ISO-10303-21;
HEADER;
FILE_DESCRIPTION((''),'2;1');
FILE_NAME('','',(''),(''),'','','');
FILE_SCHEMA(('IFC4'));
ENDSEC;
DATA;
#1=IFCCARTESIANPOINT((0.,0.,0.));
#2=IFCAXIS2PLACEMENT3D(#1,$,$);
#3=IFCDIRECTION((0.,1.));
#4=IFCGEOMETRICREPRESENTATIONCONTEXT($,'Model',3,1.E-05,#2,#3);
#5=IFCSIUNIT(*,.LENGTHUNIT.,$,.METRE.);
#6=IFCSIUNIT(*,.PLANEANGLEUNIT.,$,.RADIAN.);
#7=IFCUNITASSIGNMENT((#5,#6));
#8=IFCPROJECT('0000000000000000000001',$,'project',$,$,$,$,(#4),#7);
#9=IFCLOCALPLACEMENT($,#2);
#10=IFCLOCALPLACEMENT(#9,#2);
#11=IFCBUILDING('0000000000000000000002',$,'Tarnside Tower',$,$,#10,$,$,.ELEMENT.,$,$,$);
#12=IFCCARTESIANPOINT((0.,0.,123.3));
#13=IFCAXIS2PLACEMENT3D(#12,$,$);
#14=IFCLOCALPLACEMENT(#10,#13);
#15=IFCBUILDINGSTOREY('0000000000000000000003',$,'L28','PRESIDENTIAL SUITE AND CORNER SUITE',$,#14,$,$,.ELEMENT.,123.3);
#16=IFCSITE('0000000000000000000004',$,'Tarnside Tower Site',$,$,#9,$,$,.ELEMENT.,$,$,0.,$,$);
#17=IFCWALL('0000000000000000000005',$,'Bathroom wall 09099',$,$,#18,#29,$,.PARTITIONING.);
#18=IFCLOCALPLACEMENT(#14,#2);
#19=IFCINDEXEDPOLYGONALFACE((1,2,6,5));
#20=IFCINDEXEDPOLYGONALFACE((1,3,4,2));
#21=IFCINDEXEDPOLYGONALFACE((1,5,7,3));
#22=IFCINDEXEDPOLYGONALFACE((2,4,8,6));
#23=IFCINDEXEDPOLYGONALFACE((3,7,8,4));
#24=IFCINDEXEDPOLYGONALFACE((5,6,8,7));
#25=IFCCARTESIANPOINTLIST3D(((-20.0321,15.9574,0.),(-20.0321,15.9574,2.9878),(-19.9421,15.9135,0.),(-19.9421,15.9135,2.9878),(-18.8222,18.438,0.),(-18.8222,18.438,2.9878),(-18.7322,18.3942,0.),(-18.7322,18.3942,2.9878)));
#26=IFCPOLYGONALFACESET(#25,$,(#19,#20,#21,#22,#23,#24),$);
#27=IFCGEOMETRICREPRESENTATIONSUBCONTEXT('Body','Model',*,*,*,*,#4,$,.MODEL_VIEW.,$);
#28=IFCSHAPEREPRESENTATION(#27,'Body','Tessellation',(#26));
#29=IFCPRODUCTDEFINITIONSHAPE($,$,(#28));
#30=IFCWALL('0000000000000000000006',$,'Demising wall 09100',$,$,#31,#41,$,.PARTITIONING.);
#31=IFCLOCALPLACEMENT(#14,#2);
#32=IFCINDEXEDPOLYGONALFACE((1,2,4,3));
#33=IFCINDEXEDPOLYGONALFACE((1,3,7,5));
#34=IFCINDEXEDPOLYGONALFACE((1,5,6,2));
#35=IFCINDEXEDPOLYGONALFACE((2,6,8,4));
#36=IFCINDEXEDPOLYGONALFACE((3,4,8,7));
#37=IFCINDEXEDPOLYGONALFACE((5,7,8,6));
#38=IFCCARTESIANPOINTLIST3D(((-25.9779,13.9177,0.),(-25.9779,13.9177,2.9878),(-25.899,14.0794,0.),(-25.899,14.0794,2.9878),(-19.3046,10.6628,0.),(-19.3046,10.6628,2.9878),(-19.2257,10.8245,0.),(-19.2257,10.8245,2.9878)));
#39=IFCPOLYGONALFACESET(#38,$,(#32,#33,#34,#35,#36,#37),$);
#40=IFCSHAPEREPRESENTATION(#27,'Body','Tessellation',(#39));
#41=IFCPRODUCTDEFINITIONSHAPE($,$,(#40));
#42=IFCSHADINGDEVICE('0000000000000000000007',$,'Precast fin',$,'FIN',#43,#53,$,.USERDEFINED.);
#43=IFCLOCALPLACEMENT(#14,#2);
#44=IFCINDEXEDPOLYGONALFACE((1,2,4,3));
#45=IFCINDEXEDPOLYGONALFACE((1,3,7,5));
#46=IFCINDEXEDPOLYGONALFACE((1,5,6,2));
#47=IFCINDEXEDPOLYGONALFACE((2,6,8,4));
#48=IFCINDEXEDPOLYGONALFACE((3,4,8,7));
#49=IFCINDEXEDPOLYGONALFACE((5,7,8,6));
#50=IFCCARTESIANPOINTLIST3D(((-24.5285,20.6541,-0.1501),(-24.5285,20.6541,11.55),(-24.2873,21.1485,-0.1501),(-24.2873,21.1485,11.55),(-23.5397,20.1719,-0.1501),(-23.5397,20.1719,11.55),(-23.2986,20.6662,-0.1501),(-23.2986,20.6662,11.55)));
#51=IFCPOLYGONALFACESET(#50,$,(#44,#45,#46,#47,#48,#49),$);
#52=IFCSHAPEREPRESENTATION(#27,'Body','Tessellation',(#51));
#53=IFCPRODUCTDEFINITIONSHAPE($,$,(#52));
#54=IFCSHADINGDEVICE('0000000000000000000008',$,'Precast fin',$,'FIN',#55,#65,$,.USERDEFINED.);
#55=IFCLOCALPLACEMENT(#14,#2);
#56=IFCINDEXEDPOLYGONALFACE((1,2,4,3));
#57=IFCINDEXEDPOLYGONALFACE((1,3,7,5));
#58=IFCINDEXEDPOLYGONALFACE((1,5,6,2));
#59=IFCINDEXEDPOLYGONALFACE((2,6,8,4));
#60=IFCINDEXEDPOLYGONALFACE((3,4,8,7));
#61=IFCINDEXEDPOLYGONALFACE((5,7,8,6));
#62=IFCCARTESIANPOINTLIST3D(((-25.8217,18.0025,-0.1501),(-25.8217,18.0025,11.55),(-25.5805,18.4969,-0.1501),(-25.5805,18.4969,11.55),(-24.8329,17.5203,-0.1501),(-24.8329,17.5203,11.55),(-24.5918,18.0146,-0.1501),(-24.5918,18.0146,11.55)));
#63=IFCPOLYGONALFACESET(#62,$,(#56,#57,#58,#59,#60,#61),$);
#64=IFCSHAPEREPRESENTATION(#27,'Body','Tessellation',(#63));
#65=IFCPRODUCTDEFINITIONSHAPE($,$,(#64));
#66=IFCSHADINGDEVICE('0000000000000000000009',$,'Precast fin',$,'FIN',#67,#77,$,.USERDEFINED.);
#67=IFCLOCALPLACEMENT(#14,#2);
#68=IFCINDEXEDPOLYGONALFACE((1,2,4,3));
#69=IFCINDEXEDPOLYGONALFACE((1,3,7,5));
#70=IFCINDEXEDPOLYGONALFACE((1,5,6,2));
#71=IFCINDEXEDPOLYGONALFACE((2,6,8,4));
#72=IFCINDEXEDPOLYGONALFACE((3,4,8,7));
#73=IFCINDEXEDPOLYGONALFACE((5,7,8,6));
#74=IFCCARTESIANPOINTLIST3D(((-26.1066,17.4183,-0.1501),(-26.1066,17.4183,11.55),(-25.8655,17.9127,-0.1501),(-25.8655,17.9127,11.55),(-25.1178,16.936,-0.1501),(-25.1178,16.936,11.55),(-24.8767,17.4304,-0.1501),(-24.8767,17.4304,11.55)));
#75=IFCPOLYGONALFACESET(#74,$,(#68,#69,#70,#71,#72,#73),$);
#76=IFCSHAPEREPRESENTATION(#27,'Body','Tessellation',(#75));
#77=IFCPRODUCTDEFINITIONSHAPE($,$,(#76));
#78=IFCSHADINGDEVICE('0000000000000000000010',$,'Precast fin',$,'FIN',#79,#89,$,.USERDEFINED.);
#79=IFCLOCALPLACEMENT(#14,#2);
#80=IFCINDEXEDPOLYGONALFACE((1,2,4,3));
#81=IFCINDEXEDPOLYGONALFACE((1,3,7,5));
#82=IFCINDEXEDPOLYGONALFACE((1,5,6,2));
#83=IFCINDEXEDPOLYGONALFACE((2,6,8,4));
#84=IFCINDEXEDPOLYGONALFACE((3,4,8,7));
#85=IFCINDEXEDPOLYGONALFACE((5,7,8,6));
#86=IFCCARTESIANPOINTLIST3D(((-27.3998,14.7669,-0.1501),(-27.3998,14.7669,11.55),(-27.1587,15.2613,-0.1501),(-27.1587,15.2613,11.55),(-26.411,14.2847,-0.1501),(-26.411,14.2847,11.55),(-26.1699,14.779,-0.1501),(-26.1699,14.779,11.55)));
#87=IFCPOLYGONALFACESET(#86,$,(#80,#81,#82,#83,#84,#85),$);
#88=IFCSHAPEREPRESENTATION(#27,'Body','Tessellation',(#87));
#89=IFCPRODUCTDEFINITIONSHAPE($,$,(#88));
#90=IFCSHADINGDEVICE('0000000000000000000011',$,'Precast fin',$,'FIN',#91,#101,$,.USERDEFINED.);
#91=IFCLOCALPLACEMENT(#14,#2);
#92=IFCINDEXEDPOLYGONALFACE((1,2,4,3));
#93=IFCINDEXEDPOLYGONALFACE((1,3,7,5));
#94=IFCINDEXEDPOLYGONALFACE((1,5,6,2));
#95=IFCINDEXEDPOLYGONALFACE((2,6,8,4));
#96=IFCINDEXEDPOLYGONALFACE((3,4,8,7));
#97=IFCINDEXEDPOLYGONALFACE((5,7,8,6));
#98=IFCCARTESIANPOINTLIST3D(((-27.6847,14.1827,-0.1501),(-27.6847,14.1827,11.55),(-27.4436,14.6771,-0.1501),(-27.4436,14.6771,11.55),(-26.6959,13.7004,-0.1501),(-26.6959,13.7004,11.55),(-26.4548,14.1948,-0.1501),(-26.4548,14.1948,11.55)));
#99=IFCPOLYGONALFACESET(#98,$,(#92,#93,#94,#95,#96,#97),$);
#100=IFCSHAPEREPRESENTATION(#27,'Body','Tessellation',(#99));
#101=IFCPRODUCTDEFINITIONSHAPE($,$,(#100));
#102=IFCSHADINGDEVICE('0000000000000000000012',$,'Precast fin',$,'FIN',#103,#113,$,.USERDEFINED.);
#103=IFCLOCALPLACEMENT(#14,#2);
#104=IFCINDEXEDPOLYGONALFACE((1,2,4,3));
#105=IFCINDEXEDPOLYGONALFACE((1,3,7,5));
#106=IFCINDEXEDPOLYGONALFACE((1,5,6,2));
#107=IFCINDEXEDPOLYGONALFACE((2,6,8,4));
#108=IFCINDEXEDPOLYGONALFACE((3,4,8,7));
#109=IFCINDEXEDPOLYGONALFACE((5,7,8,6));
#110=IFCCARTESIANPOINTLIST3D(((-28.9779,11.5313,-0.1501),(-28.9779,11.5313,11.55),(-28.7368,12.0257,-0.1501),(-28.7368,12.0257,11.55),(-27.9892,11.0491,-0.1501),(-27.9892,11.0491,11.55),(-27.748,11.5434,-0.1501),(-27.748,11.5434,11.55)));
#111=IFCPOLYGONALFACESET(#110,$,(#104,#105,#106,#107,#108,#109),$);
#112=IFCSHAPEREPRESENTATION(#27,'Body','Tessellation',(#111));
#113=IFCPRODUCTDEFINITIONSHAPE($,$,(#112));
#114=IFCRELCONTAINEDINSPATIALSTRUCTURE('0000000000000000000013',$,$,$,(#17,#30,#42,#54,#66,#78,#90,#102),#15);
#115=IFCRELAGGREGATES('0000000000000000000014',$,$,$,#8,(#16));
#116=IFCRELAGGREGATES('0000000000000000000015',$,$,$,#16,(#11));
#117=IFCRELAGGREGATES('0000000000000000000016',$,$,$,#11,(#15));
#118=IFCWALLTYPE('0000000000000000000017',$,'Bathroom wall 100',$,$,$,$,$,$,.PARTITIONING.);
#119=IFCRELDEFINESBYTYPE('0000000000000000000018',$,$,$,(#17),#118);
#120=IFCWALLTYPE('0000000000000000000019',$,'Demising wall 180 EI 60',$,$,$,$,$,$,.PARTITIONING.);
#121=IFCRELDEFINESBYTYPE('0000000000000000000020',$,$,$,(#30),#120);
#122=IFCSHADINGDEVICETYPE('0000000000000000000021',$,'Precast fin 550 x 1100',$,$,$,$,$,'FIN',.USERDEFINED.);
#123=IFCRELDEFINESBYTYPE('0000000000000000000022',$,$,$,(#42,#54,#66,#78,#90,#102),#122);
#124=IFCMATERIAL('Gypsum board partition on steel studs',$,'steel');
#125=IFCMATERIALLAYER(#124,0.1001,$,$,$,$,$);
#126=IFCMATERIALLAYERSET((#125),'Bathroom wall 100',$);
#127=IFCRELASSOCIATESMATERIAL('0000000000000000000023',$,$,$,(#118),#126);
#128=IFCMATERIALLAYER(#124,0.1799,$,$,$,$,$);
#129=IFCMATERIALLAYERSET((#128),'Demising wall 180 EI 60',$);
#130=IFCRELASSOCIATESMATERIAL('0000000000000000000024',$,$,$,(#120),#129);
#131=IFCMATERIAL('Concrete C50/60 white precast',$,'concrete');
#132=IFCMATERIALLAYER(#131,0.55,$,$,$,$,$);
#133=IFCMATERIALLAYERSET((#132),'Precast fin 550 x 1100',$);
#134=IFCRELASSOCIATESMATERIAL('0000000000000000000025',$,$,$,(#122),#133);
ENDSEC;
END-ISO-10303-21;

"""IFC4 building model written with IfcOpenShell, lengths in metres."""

from ifc_helpers import new_model, si_unit, direction, frame, frame_2d, origin, place, context, subcontext, project, spatial, polyline, rectangle, outline, extrude, material, layer, layer_set, type_object, element, save


model = new_model("IFC4")

# Units and contexts
model_context = context("Model", 3, precision=1e-05, world=origin(), true_north=direction((0.0, 1.0)))
body_context = subcontext(model_context, "Body", "Model", "MODEL_VIEW")
ifc_project = project(units=[si_unit("LENGTHUNIT", "METRE"), si_unit("PLANEANGLEUNIT", "RADIAN")], contexts=[model_context])

# Site, building, storey
site_placement = place(None, origin())
site = spatial("IfcSite", under=ifc_project, at=site_placement, Name="Tarnside Tower Site", CompositionType="ELEMENT", RefElevation=0.0)
building_placement = place(site_placement, origin())
building = spatial("IfcBuilding", under=site, at=building_placement, Name="Tarnside Tower", CompositionType="ELEMENT")
storey_placement = place(building_placement, frame((0.0, 0.0, 123.3)))
storey = spatial("IfcBuildingStorey", under=building, at=storey_placement, Name="L28", Description="PRESIDENTIAL SUITE AND CORNER SUITE", CompositionType="ELEMENT", Elevation=123.3)

# Walls
ifc_material_1 = material(Name="Gypsum board partition on steel studs", Category="steel")
ifc_layer_1 = layer(ifc_material_1, 0.1001)
ifc_layer_set_1 = layer_set([ifc_layer_1], Name="Bathroom wall 100")
wall_type_1 = type_object("IfcWallType", Name="Bathroom wall 100", PredefinedType="PARTITIONING", material=ifc_layer_set_1)
wall_1_placement = place(storey_placement, frame((-19.9871, 15.9355, 0.0), z_axis=(0.0, 0.0, 1.0), x_axis=(0.438382, 0.898789, 0.0)))
element("IfcWall", 1, at=wall_1_placement, inside=storey, type_object=wall_type_1, Name="Bathroom wall 09099", PredefinedType="PARTITIONING", context=body_context, shape_type="SweptSolid", body=[
    extrude(rectangle(XDim=2.76, YDim=0.1001, at=frame_2d((1.3799, 0.0))), origin(), (0.0, 0.0, 1.0), 2.9878),
])
ifc_layer_2 = layer(ifc_material_1, 0.1799)
ifc_layer_set_2 = layer_set([ifc_layer_2], Name="Demising wall 180 EI 60")
wall_type_2 = type_object("IfcWallType", Name="Demising wall 180 EI 60", PredefinedType="PARTITIONING", material=ifc_layer_set_2)
wall_2_placement = place(storey_placement, frame((-25.9385, 13.9985, 0.0), z_axis=(0.0, 0.0, 1.0), x_axis=(0.89879, -0.43838, 0.0)))
element("IfcWall", 2, at=wall_2_placement, inside=storey, type_object=wall_type_2, Name="Demising wall 09100", PredefinedType="PARTITIONING", context=body_context, shape_type="SweptSolid", body=[
    extrude(rectangle(XDim=7.4248, YDim=0.1799, at=frame_2d((3.7124, 0.0))), origin(), (0.0, 0.0, 1.0), 2.9878),
])

# Shading devices
ifc_material_2 = material(Name="Concrete C50/60 white precast", Category="concrete")
ifc_layer_3 = layer(ifc_material_2, 0.55)
ifc_layer_set_3 = layer_set([ifc_layer_3], Name="Precast fin 550 x 1100")
shading_device_type = type_object("IfcShadingDeviceType", Name="Precast fin 550 x 1100", ElementType="FIN", PredefinedType="USERDEFINED", material=ifc_layer_set_3)
for number, where, z_axis, x_axis, name in (
    (3, (-23.4192, 20.4189, -0.1501), (0.438371, 0.898794, 0.0), (-0.898794, 0.438371, 0.0), "Precast fin"),
    (4, (-24.7124, 17.7673, -0.1501), (0.438371, 0.898794, 0.0), (-0.898794, 0.438371, 0.0), "Precast fin"),
    (5, (-24.9973, 17.1831, -0.1501), (0.438371, 0.898794, 0.0), (-0.898794, 0.438371, 0.0), "Precast fin"),
    (6, (-26.2905, 14.5317, -0.1501), (0.438371, 0.898794, 0.0), (-0.898794, 0.438371, 0.0), "Precast fin"),
    (7, (-26.5754, 13.9475, -0.1501), (0.438371, 0.898794, 0.0), (-0.898794, 0.438371, 0.0), "Precast fin"),
    (8, (-27.8687, 11.2961, -0.1501), (0.438371, 0.898794, 0.0), (-0.898794, 0.438371, 0.0), "Precast fin"),
):
    element("IfcShadingDevice", number, at=place(storey_placement, frame(where, z_axis=z_axis, x_axis=x_axis)), inside=storey, type_object=shading_device_type, Name=name, ObjectType="FIN", PredefinedType="USERDEFINED", context=body_context, shape_type="SweptSolid", body=[
        extrude(outline(polyline([(0.0, 0.0), (1.1001, 0.0), (1.1001, 11.7002), (0.0, 11.7002), (0.0, 0.0)])), frame((0.0, 0.0, -0.2749)), (0.0, 0.0, 1.0), 0.55),
    ])

save(model, "model.ifc")
